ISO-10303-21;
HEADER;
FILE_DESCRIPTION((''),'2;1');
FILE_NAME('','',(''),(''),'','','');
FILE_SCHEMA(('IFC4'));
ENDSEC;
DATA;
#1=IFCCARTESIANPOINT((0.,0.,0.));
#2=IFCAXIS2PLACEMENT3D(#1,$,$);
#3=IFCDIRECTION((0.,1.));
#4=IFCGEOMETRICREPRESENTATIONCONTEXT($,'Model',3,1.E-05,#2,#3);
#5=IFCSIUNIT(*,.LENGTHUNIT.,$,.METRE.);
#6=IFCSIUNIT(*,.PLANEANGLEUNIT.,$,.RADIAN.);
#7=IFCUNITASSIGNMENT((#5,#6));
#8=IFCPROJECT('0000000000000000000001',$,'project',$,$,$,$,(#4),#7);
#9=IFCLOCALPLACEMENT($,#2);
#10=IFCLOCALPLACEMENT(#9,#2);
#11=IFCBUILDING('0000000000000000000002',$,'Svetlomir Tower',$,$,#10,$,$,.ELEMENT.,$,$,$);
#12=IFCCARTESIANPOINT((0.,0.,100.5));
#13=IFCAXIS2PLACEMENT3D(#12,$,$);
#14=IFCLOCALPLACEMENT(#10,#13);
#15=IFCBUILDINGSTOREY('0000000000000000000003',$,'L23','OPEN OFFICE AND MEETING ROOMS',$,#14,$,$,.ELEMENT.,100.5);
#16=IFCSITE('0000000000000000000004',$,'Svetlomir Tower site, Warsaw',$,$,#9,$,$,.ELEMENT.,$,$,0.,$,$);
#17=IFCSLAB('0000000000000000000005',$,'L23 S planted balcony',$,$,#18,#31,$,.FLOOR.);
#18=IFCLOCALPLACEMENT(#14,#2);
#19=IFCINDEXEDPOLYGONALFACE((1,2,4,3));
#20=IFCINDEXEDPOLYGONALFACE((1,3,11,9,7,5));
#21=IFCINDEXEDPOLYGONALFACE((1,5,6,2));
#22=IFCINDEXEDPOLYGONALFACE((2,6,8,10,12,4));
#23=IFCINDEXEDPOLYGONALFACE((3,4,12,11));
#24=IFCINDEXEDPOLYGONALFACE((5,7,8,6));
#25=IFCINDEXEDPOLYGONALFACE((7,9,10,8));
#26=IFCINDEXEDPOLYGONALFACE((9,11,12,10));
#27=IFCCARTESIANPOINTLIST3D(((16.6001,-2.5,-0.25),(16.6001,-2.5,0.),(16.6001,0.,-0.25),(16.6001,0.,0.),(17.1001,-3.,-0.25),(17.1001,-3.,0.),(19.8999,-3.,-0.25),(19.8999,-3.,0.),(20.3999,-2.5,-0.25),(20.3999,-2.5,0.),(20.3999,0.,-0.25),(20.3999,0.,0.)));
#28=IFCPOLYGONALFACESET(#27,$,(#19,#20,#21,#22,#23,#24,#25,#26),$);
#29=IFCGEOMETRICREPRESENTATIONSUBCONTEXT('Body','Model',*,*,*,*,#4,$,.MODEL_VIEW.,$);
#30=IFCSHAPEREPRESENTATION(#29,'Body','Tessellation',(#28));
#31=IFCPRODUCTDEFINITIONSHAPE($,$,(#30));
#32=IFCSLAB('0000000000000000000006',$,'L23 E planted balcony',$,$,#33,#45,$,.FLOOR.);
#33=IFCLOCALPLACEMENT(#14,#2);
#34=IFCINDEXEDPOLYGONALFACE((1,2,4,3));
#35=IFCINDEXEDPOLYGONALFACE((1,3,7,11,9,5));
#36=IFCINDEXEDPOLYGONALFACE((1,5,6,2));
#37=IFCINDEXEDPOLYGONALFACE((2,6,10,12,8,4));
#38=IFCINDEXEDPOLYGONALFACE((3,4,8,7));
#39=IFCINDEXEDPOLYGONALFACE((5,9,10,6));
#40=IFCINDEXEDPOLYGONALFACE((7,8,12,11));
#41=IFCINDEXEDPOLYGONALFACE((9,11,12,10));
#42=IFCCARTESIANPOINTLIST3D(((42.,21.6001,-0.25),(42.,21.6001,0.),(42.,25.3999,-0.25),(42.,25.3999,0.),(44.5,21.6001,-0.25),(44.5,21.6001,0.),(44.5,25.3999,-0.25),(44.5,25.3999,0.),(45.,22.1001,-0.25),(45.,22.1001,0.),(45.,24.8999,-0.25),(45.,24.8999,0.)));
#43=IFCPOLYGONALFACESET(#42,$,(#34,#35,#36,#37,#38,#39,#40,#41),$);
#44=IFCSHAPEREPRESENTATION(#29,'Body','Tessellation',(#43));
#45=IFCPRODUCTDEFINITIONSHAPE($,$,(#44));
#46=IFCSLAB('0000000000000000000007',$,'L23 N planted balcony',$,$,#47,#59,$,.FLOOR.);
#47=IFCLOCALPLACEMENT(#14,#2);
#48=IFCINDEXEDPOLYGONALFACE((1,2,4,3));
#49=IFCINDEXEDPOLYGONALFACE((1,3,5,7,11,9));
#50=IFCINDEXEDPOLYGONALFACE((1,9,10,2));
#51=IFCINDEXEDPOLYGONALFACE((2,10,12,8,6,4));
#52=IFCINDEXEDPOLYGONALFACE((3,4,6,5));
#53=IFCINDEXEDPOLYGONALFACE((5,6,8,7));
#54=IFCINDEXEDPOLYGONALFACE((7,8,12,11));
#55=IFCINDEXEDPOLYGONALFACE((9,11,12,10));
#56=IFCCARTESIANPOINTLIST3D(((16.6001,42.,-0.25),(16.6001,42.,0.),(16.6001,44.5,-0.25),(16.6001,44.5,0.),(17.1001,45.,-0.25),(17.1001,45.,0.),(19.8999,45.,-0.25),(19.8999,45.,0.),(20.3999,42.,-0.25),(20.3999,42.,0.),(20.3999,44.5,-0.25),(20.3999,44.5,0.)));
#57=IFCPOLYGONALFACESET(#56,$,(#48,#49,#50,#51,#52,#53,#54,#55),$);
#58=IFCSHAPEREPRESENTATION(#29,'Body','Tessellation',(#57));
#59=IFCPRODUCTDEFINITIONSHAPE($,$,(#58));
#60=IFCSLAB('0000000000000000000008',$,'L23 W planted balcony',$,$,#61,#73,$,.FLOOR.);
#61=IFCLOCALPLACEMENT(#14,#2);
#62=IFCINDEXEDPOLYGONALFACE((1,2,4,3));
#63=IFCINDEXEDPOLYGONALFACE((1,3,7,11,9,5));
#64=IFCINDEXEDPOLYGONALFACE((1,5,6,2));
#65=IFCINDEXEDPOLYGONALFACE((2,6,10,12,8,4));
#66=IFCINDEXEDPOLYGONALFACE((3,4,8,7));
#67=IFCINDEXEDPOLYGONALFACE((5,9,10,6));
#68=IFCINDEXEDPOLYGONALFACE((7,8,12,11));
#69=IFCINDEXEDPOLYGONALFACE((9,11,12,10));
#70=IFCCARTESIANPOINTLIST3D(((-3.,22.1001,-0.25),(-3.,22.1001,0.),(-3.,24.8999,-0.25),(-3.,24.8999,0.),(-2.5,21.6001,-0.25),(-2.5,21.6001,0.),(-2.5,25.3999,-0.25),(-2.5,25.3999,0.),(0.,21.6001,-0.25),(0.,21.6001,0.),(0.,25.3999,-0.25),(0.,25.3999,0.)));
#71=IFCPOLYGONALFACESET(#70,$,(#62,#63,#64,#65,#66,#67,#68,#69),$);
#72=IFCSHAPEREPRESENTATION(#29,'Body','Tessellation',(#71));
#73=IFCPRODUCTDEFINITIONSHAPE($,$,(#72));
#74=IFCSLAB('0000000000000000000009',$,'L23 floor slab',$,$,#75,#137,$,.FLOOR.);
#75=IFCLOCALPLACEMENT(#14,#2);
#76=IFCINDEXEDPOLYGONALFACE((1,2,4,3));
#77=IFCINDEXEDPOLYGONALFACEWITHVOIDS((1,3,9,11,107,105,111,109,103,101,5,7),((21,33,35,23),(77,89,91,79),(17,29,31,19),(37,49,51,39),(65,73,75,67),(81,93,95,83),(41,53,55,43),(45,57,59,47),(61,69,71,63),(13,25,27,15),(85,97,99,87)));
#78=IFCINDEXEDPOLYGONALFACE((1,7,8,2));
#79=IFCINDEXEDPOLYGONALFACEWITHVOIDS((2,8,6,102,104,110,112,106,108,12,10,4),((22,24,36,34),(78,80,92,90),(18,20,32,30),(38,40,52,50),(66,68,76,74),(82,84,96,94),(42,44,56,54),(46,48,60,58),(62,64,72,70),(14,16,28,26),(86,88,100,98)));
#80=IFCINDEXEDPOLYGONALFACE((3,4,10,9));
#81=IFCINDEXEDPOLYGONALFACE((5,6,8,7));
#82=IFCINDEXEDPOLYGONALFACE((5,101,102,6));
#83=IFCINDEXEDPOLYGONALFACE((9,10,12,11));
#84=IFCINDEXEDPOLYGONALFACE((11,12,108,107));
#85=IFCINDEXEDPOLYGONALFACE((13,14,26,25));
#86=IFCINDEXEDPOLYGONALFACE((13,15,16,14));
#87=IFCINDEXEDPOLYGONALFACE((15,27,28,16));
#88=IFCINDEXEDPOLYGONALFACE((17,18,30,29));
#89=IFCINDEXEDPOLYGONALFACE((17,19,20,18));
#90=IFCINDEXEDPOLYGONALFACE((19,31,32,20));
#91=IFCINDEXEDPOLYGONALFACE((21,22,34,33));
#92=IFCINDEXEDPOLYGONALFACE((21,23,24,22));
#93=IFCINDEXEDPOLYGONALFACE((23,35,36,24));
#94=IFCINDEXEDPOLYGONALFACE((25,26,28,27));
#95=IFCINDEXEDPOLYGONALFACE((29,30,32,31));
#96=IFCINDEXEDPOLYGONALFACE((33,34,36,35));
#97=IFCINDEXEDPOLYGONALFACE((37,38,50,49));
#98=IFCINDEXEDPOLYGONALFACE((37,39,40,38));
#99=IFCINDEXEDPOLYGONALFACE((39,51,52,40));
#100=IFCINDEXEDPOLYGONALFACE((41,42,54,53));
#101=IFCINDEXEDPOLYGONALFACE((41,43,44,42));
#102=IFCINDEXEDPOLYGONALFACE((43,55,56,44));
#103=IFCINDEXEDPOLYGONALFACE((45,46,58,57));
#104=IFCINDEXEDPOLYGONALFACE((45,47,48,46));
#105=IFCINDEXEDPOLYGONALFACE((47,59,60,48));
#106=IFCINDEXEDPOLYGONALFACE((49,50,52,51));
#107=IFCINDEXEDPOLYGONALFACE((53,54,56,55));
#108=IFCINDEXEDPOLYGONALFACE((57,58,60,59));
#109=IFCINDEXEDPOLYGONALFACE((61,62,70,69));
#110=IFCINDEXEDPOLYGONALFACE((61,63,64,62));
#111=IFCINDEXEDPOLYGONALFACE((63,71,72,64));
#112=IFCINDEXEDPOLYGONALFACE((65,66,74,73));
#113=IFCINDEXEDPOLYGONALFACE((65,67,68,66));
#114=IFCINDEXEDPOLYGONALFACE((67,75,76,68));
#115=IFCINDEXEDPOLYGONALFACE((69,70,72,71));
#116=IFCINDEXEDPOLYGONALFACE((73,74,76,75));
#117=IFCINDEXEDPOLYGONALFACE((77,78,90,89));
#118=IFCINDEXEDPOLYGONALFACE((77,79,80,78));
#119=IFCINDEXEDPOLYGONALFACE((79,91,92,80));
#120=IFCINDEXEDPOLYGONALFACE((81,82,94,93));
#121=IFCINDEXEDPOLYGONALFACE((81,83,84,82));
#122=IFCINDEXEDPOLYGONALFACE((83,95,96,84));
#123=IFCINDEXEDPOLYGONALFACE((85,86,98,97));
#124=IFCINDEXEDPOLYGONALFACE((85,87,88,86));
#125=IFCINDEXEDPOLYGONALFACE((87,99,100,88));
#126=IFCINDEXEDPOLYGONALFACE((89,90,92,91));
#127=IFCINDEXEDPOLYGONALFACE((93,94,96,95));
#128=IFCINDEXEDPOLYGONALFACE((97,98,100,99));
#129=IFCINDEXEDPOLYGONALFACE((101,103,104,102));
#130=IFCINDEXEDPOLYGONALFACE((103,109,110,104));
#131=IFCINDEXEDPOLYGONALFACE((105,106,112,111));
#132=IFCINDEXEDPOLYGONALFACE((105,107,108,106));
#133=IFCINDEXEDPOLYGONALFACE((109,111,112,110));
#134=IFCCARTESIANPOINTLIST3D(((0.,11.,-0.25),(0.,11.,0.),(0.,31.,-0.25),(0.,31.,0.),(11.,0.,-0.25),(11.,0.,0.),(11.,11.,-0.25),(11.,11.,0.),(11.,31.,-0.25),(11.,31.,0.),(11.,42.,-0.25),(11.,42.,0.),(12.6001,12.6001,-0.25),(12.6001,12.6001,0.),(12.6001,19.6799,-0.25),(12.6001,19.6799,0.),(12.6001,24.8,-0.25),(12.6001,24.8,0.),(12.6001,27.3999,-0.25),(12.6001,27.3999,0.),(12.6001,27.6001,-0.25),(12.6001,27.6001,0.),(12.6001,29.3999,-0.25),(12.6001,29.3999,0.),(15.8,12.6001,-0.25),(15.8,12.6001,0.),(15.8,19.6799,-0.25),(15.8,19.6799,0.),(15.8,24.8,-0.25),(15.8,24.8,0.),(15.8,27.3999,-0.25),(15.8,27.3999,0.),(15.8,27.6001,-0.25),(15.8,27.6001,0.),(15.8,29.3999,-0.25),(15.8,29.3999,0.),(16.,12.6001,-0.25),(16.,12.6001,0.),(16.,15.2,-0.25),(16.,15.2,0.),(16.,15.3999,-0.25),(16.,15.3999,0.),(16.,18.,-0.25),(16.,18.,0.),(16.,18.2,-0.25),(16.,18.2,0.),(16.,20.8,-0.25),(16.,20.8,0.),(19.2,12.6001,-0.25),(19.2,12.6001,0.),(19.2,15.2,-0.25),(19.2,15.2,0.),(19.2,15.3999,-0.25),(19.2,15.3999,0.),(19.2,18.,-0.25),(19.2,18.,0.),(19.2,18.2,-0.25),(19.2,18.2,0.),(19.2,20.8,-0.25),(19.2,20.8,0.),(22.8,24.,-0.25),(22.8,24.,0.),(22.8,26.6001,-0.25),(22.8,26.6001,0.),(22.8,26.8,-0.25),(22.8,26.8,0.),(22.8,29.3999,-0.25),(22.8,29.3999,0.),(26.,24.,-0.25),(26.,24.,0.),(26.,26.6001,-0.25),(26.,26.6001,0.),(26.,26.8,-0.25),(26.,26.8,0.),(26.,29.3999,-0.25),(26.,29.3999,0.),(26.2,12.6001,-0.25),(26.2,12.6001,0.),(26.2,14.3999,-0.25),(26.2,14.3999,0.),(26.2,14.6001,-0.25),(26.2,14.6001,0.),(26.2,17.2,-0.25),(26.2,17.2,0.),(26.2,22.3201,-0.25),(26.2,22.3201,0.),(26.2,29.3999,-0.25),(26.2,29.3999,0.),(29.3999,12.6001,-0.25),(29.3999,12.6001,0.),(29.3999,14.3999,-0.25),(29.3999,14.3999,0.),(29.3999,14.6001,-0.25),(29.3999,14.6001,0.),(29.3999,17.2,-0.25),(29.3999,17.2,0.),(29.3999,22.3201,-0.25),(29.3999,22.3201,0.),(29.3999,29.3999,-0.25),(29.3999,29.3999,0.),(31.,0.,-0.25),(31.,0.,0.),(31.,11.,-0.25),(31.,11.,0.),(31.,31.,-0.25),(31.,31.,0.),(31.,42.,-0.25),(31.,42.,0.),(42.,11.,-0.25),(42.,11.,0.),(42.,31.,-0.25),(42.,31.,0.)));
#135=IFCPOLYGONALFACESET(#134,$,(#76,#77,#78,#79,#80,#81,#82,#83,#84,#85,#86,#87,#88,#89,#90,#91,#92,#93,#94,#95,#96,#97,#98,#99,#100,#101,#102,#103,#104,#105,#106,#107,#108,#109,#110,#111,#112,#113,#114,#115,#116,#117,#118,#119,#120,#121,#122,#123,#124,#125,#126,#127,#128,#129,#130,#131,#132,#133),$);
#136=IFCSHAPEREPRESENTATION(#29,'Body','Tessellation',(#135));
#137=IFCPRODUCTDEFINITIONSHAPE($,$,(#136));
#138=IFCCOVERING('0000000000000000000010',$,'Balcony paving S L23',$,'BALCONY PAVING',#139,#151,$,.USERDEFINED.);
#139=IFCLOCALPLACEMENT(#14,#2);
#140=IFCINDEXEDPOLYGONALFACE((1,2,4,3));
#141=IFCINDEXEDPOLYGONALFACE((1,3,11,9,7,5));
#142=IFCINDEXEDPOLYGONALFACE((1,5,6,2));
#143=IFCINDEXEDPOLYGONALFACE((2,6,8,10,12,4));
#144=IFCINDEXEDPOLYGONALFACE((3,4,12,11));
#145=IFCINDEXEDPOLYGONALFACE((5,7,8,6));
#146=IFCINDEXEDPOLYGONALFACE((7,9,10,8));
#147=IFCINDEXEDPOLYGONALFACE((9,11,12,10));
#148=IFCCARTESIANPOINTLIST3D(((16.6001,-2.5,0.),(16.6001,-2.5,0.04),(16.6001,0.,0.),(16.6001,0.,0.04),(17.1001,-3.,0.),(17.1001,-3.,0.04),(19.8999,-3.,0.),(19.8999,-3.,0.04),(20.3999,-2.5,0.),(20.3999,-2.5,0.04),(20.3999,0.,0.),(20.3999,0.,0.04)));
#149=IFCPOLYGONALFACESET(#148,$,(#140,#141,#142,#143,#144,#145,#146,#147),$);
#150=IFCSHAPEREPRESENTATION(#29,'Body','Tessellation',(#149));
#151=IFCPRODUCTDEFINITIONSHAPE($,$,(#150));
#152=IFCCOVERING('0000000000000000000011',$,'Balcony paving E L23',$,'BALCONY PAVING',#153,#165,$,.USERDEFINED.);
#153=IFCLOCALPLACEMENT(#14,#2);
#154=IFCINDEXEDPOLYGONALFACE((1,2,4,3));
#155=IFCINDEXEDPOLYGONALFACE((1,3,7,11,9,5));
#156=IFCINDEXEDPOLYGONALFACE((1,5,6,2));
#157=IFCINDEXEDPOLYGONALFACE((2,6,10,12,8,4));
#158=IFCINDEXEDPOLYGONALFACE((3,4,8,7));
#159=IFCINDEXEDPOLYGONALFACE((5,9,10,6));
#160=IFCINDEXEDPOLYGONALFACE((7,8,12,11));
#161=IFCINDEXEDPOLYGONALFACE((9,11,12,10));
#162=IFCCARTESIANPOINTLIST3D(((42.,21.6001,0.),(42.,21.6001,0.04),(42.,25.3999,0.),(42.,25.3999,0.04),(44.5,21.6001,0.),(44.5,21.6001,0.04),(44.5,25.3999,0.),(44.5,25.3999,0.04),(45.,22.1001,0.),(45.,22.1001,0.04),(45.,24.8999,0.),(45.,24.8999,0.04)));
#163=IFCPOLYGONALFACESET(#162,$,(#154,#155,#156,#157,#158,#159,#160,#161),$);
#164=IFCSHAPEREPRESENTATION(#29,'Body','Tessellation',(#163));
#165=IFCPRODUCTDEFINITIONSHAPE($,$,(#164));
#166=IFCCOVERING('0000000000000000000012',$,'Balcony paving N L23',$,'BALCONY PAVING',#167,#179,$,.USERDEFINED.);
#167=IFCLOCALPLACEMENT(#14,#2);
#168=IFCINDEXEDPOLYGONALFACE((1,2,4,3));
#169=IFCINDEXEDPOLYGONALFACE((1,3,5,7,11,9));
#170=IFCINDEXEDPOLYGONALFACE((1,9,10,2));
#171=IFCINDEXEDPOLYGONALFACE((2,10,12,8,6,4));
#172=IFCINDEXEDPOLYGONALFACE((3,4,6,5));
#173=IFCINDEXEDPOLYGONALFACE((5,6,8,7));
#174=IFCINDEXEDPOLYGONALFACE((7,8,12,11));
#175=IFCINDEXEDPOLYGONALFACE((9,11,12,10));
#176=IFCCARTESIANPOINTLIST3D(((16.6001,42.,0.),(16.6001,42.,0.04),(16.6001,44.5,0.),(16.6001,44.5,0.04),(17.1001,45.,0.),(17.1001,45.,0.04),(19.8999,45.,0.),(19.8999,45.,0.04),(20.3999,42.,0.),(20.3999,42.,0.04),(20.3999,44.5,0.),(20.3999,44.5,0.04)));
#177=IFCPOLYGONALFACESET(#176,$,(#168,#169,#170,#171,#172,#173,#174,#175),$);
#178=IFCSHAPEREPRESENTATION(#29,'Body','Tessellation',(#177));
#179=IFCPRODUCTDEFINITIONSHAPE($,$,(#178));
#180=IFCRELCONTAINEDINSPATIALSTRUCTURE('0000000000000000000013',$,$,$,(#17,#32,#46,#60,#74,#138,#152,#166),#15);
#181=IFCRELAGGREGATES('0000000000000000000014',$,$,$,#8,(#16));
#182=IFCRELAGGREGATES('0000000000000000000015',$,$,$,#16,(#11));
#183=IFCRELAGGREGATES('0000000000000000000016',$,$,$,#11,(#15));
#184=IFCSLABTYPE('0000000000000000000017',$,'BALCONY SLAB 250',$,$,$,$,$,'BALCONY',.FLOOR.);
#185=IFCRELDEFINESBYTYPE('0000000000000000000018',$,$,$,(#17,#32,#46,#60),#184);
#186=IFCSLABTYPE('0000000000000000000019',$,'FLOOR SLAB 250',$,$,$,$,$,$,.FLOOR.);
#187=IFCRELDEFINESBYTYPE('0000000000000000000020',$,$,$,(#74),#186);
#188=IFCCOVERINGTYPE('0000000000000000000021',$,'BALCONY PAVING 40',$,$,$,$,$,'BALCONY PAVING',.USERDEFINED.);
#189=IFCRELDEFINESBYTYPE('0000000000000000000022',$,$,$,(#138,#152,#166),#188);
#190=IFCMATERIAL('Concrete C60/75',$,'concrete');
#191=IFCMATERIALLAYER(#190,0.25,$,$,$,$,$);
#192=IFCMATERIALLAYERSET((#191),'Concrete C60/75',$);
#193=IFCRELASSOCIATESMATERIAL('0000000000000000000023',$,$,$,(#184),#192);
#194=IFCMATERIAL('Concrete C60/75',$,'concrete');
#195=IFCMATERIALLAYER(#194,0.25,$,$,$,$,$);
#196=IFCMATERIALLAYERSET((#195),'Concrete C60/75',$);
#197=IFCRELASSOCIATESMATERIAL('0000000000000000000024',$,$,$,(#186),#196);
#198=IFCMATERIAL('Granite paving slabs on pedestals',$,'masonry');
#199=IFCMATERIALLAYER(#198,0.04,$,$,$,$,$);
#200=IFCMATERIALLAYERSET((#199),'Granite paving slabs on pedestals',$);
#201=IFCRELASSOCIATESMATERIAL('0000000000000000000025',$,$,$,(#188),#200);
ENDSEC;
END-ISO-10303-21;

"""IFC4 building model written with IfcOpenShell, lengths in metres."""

from ifc_helpers import new_model, si_unit, direction, frame, origin, place, context, subcontext, project, spatial, polyline, outline, extrude, material, layer, layer_set, type_object, element, save


model = new_model("IFC4")

# Units and contexts
model_context = context("Model", 3, precision=1e-05, world=origin(), true_north=direction((0.0, 1.0)))
body_context = subcontext(model_context, "Body", "Model", "MODEL_VIEW")
ifc_project = project(units=[si_unit("LENGTHUNIT", "METRE"), si_unit("PLANEANGLEUNIT", "RADIAN")], contexts=[model_context])

# Site, building, storey
site_placement = place(None, origin())
site = spatial("IfcSite", under=ifc_project, at=site_placement, Name="Svetlomir Tower site, Warsaw", CompositionType="ELEMENT", RefElevation=0.0)
building_placement = place(site_placement, origin())
building = spatial("IfcBuilding", under=site, at=building_placement, Name="Svetlomir Tower", CompositionType="ELEMENT")
storey_placement = place(building_placement, frame((0.0, 0.0, 100.5)))
storey = spatial("IfcBuildingStorey", under=building, at=storey_placement, Name="L23", Description="OPEN OFFICE AND MEETING ROOMS", CompositionType="ELEMENT", Elevation=100.5)

# Slabs
ifc_material_1 = material(Name="Concrete C60/75", Category="concrete")
ifc_layer_1 = layer(ifc_material_1, 0.25)
ifc_layer_set_1 = layer_set([ifc_layer_1], Name="Concrete C60/75")
slab_type_1 = type_object("IfcSlabType", Name="BALCONY SLAB 250", ElementType="BALCONY", PredefinedType="FLOOR", material=ifc_layer_set_1)
slab_1_placement = place(storey_placement, frame((0.0, 0.0, -0.25)))
element("IfcSlab", 1, at=slab_1_placement, inside=storey, type_object=slab_type_1, Name="L23 S planted balcony", PredefinedType="FLOOR", context=body_context, shape_type="SweptSolid", body=[
    extrude(outline(polyline([(16.6001, -2.5), (17.1001, -3.0), (19.8999, -3.0), (20.3999, -2.5), (20.3999, 0.0), (16.6001, 0.0), (16.6001, -2.5)])), origin(), (0.0, 0.0, 1.0), 0.25),
])
slab_2_placement = place(storey_placement, frame((0.0, 0.0, -0.25)))
element("IfcSlab", 2, at=slab_2_placement, inside=storey, type_object=slab_type_1, Name="L23 E planted balcony", PredefinedType="FLOOR", context=body_context, shape_type="SweptSolid", body=[
    extrude(outline(polyline([(42.0, 21.6001), (44.5, 21.6001), (45.0, 22.1001), (45.0, 24.8999), (44.5, 25.3999), (42.0, 25.3999), (42.0, 21.6001)])), origin(), (0.0, 0.0, 1.0), 0.25),
])
slab_3_placement = place(storey_placement, frame((0.0, 0.0, -0.25)))
element("IfcSlab", 3, at=slab_3_placement, inside=storey, type_object=slab_type_1, Name="L23 N planted balcony", PredefinedType="FLOOR", context=body_context, shape_type="SweptSolid", body=[
    extrude(outline(polyline([(16.6001, 42.0), (20.3999, 42.0), (20.3999, 44.5), (19.8999, 45.0), (17.1001, 45.0), (16.6001, 44.5), (16.6001, 42.0)])), origin(), (0.0, 0.0, 1.0), 0.25),
])
slab_4_placement = place(storey_placement, frame((0.0, 0.0, -0.25)))
element("IfcSlab", 4, at=slab_4_placement, inside=storey, type_object=slab_type_1, Name="L23 W planted balcony", PredefinedType="FLOOR", context=body_context, shape_type="SweptSolid", body=[
    extrude(outline(polyline([(-2.5, 21.6001), (0.0, 21.6001), (0.0, 25.3999), (-2.5, 25.3999), (-3.0, 24.8999), (-3.0, 22.1001), (-2.5, 21.6001)])), origin(), (0.0, 0.0, 1.0), 0.25),
])
ifc_material_2 = material(Name="Concrete C60/75", Category="concrete")
ifc_layer_2 = layer(ifc_material_2, 0.25)
ifc_layer_set_2 = layer_set([ifc_layer_2], Name="Concrete C60/75")
slab_type_2 = type_object("IfcSlabType", Name="FLOOR SLAB 250", PredefinedType="FLOOR", material=ifc_layer_set_2)
slab_5_placement = place(storey_placement, frame((0.0, 0.0, -0.25)))
element("IfcSlab", 5, at=slab_5_placement, inside=storey, type_object=slab_type_2, Name="L23 floor slab", PredefinedType="FLOOR", context=body_context, shape_type="SweptSolid", body=[
    extrude(outline(polyline([(11.0, 0.0), (31.0, 0.0), (31.0, 11.0), (42.0, 11.0), (42.0, 31.0), (31.0, 31.0), (31.0, 42.0), (11.0, 42.0), (11.0, 31.0), (0.0, 31.0), (0.0, 11.0), (11.0, 11.0), (11.0, 0.0)]), holes=[polyline([(12.6001, 24.8), (15.8, 24.8), (15.8, 27.3999), (12.6001, 27.3999), (12.6001, 24.8)]), polyline([(26.2, 14.6001), (29.3999, 14.6001), (29.3999, 17.2), (26.2, 17.2), (26.2, 14.6001)]), polyline([(16.0, 12.6001), (19.2, 12.6001), (19.2, 15.2), (16.0, 15.2), (16.0, 12.6001)]), polyline([(16.0, 15.3999), (19.2, 15.3999), (19.2, 18.0), (16.0, 18.0), (16.0, 15.3999)]), polyline([(16.0, 18.2), (19.2, 18.2), (19.2, 20.8), (16.0, 20.8), (16.0, 18.2)]), polyline([(22.8, 24.0), (26.0, 24.0), (26.0, 26.6001), (22.8, 26.6001), (22.8, 24.0)]), polyline([(22.8, 26.8), (26.0, 26.8), (26.0, 29.3999), (22.8, 29.3999), (22.8, 26.8)]), polyline([(12.6001, 27.6001), (15.8, 27.6001), (15.8, 29.3999), (12.6001, 29.3999), (12.6001, 27.6001)]), polyline([(26.2, 12.6001), (29.3999, 12.6001), (29.3999, 14.3999), (26.2, 14.3999), (26.2, 12.6001)]), polyline([(12.6001, 12.6001), (15.8, 12.6001), (15.8, 19.6799), (12.6001, 19.6799), (12.6001, 12.6001)]), polyline([(26.2, 22.3201), (29.3999, 22.3201), (29.3999, 29.3999), (26.2, 29.3999), (26.2, 22.3201)])]), origin(), (0.0, 0.0, 1.0), 0.25),
])

# Coverings
ifc_material_3 = material(Name="Granite paving slabs on pedestals", Category="masonry")
ifc_layer_3 = layer(ifc_material_3, 0.04)
ifc_layer_set_3 = layer_set([ifc_layer_3], Name="Granite paving slabs on pedestals")
covering_type_1 = type_object("IfcCoveringType", Name="BALCONY PAVING 40", ElementType="BALCONY PAVING", PredefinedType="USERDEFINED", material=ifc_layer_set_3)
covering_1_placement = place(storey_placement, origin())
element("IfcCovering", 6, at=covering_1_placement, inside=storey, type_object=covering_type_1, Name="Balcony paving S L23", ObjectType="BALCONY PAVING", PredefinedType="USERDEFINED", context=body_context, shape_type="SweptSolid", body=[
    extrude(outline(polyline([(16.6001, -2.5), (17.1001, -3.0), (19.8999, -3.0), (20.3999, -2.5), (20.3999, 0.0), (16.6001, 0.0), (16.6001, -2.5)])), origin(), (0.0, 0.0, 1.0), 0.04),
])
covering_2_placement = place(storey_placement, origin())
element("IfcCovering", 7, at=covering_2_placement, inside=storey, type_object=covering_type_1, Name="Balcony paving E L23", ObjectType="BALCONY PAVING", PredefinedType="USERDEFINED", context=body_context, shape_type="SweptSolid", body=[
    extrude(outline(polyline([(42.0, 21.6001), (44.5, 21.6001), (45.0, 22.1001), (45.0, 24.8999), (44.5, 25.3999), (42.0, 25.3999), (42.0, 21.6001)])), origin(), (0.0, 0.0, 1.0), 0.04),
])
covering_3_placement = place(storey_placement, origin())
element("IfcCovering", 8, at=covering_3_placement, inside=storey, type_object=covering_type_1, Name="Balcony paving N L23", ObjectType="BALCONY PAVING", PredefinedType="USERDEFINED", context=body_context, shape_type="SweptSolid", body=[
    extrude(outline(polyline([(16.6001, 42.0), (20.3999, 42.0), (20.3999, 44.5), (19.8999, 45.0), (17.1001, 45.0), (16.6001, 44.5), (16.6001, 42.0)])), origin(), (0.0, 0.0, 1.0), 0.04),
])

save(model, "model.ifc")
